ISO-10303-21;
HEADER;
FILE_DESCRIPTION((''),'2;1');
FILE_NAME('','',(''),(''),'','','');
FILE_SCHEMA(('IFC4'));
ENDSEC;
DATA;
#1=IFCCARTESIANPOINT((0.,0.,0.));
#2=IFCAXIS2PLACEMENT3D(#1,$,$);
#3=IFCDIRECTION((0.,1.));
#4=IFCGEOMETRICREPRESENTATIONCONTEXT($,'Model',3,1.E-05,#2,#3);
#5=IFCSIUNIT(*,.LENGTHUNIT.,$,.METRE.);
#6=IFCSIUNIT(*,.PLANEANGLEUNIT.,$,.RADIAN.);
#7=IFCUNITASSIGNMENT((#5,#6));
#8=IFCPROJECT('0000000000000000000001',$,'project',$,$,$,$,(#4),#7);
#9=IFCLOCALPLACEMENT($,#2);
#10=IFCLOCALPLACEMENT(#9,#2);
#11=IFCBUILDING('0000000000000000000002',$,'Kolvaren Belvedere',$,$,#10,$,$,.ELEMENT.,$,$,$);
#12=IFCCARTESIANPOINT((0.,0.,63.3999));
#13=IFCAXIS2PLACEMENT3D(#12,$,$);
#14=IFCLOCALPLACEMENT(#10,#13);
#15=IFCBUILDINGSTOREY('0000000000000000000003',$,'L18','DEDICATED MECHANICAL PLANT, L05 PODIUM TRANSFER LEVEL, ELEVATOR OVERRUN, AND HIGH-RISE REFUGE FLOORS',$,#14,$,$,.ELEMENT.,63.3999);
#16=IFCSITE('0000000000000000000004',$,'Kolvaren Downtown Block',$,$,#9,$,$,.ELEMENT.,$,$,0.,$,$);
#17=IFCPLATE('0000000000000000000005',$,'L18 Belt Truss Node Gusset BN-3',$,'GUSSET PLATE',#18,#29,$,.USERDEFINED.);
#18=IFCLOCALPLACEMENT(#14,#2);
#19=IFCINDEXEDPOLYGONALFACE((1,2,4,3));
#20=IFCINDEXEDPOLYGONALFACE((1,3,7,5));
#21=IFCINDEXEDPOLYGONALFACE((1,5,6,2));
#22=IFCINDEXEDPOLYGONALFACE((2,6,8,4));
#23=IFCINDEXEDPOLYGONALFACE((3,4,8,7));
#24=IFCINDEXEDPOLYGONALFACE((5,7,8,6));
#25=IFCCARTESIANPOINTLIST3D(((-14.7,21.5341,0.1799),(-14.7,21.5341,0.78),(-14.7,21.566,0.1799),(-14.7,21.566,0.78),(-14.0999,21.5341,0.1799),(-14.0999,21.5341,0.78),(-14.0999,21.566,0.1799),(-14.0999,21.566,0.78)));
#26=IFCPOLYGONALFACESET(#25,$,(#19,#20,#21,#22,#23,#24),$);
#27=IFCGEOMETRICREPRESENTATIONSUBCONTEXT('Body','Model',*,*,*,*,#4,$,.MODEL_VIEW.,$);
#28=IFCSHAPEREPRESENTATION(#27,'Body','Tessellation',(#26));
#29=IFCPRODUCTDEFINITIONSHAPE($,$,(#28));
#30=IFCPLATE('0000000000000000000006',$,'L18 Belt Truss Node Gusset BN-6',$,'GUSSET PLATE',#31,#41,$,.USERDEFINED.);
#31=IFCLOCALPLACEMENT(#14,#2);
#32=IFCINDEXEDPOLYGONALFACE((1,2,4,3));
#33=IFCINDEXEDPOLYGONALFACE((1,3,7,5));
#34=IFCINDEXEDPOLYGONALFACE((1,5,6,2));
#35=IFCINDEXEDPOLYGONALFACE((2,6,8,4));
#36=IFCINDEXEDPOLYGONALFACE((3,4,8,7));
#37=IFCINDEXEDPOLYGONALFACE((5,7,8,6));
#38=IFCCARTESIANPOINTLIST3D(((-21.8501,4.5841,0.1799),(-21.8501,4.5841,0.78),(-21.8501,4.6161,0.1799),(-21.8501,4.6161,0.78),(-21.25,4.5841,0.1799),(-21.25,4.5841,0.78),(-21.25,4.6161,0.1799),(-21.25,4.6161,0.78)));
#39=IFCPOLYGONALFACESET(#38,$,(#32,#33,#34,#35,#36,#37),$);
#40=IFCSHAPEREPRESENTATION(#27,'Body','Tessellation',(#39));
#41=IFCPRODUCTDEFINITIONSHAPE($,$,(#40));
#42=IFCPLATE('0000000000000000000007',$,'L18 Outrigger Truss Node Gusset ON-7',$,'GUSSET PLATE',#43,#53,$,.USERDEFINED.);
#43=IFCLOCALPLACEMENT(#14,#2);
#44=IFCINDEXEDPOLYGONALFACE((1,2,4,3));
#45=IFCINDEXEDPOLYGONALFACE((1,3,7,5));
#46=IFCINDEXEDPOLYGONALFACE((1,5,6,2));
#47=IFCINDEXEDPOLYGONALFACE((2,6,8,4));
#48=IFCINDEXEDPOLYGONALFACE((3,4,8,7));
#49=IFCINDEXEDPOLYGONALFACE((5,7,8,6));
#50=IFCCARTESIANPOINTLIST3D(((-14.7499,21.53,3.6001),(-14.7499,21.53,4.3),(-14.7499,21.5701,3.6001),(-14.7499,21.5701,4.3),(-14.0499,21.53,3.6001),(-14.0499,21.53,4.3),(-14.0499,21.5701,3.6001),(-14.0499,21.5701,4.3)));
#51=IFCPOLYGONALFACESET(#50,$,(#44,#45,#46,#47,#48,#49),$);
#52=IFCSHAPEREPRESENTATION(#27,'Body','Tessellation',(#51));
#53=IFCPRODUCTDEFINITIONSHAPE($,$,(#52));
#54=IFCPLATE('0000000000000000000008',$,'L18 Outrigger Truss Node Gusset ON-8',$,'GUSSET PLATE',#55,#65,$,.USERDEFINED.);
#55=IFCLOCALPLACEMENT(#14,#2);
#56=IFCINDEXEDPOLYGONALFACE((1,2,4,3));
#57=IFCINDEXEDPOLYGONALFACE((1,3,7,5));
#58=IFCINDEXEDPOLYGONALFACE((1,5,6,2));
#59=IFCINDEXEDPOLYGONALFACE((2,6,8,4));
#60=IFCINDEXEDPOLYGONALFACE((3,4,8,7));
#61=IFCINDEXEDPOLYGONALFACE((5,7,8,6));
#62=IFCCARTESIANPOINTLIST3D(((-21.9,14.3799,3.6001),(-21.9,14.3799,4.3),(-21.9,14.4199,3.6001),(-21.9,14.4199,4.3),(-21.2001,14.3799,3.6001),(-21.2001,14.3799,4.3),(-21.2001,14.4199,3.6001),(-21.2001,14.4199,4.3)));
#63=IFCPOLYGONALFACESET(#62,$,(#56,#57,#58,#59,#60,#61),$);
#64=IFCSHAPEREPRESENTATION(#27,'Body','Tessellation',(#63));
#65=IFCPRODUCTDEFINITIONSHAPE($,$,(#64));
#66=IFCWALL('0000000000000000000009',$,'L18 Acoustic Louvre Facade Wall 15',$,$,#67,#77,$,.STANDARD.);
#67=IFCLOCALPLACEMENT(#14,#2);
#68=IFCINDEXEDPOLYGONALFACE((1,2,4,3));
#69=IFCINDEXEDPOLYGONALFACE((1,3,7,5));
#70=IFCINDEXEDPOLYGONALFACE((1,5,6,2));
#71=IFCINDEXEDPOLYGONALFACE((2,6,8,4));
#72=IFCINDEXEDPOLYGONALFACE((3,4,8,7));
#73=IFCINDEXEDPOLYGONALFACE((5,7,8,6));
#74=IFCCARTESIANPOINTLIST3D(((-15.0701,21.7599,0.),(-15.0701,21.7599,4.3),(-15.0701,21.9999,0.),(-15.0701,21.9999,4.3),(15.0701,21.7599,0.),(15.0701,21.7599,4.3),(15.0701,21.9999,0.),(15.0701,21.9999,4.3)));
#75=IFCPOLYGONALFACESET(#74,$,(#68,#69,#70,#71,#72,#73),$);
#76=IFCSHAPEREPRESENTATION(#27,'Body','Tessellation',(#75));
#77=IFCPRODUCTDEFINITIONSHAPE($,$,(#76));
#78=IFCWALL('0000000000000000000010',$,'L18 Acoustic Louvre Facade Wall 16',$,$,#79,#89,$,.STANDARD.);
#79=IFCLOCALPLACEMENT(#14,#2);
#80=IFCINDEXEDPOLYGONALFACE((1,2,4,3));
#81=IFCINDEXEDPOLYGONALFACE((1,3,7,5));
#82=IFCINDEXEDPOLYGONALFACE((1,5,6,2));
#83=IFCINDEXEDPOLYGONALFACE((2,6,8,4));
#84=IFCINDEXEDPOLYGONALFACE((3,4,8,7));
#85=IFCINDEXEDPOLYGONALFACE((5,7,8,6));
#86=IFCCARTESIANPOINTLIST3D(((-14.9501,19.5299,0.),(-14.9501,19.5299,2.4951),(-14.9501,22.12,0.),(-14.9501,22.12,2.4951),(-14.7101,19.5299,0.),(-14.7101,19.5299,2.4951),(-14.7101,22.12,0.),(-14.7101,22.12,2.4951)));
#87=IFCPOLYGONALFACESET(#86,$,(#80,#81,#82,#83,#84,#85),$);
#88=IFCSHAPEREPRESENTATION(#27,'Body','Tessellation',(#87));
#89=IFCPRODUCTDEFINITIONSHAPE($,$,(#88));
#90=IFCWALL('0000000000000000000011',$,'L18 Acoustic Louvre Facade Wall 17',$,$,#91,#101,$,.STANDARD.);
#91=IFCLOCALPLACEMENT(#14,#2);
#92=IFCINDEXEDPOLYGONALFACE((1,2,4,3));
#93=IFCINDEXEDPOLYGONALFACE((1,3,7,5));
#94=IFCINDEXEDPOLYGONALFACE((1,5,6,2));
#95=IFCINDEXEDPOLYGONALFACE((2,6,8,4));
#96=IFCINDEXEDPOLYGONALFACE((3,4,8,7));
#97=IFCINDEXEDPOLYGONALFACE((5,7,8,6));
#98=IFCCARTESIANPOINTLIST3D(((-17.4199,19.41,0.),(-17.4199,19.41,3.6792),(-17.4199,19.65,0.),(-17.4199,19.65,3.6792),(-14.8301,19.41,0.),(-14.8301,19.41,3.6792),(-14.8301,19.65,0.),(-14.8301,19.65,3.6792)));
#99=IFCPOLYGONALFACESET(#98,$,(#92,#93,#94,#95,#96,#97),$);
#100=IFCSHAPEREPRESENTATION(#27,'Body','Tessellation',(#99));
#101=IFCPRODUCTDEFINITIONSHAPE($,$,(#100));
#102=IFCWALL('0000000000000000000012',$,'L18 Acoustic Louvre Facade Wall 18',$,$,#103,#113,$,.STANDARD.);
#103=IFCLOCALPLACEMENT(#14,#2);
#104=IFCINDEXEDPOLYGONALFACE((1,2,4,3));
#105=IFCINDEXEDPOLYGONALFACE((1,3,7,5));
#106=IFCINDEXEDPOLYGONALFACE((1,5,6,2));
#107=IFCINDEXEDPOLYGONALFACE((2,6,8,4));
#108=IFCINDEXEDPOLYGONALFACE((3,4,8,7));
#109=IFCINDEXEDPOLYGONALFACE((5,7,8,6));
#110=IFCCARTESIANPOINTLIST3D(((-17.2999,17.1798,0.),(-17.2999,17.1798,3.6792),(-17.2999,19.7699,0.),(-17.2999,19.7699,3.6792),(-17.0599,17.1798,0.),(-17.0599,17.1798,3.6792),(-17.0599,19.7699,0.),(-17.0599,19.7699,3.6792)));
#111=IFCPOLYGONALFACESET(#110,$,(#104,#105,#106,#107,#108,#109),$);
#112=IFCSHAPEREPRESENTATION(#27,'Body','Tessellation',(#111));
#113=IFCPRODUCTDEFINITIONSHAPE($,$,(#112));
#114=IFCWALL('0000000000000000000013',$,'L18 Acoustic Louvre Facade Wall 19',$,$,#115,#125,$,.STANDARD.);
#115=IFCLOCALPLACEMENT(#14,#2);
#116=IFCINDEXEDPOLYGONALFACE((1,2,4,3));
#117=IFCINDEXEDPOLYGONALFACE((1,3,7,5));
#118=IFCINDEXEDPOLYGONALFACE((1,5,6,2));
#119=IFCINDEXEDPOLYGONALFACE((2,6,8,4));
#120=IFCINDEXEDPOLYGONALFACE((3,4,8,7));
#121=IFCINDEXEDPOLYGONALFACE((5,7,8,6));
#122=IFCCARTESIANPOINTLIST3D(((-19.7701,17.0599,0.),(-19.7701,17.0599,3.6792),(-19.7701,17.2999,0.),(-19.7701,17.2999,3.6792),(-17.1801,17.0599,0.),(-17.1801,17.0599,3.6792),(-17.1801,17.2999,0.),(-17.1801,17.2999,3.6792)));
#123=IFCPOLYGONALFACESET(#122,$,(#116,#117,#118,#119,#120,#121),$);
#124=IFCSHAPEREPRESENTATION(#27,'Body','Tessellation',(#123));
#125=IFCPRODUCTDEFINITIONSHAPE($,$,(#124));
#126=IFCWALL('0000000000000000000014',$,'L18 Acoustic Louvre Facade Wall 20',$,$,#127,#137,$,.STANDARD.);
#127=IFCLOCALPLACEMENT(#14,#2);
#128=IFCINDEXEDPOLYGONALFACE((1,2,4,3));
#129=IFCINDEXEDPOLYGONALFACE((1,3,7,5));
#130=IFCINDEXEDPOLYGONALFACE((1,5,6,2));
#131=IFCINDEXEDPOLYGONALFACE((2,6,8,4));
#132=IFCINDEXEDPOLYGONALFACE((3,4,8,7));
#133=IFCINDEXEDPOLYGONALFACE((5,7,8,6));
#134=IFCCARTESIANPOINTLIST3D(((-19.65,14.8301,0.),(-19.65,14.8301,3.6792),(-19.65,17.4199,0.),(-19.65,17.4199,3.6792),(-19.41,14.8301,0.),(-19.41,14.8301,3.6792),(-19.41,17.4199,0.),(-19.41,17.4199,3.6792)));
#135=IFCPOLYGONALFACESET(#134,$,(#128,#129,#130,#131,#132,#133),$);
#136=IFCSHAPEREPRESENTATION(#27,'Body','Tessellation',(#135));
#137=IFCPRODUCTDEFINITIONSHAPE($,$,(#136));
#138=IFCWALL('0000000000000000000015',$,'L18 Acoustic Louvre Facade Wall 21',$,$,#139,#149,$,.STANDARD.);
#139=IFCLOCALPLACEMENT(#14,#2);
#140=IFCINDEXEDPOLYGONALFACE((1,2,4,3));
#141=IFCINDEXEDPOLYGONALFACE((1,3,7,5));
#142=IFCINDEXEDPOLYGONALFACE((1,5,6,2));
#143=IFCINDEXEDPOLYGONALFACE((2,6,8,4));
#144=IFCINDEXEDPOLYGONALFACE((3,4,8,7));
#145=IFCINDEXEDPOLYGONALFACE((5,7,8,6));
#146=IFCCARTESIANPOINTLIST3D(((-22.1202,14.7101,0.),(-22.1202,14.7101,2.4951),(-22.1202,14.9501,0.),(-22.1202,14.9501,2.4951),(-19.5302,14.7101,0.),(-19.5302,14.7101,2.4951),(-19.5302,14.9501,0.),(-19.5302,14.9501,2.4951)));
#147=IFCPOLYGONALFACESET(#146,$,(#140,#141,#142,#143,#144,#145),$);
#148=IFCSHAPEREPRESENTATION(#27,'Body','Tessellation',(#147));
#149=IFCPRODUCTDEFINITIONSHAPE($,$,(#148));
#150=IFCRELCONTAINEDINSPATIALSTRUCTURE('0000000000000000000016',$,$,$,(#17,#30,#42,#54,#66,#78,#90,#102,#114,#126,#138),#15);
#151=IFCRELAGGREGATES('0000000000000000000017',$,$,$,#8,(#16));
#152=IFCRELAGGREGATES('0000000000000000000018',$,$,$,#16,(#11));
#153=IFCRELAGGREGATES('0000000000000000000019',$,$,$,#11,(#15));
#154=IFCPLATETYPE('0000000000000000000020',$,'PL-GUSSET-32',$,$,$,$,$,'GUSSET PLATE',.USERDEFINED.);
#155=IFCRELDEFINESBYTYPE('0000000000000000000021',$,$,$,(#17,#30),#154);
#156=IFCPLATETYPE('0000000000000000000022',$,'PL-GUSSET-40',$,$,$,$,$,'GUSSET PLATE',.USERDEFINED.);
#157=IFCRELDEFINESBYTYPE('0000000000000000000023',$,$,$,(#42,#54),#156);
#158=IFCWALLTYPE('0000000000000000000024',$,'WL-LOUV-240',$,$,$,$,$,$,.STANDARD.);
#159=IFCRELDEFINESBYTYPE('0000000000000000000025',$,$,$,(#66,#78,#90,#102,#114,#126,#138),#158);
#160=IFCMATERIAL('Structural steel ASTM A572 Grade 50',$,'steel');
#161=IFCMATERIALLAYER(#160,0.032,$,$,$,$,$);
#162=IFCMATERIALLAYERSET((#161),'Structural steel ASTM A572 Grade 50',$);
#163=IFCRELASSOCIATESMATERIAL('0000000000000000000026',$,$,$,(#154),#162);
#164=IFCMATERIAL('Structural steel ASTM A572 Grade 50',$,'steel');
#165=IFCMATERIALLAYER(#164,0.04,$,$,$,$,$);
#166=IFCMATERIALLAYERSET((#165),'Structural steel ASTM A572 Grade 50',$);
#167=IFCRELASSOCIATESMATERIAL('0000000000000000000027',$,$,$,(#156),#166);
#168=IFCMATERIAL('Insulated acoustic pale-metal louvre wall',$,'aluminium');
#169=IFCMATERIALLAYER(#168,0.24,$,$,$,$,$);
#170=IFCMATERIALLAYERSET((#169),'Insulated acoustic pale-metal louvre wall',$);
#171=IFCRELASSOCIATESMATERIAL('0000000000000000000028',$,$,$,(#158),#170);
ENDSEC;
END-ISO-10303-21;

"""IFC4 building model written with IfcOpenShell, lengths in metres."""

from ifc_helpers import new_model, si_unit, direction, frame, frame_2d, origin, origin_2d, place, context, subcontext, project, spatial, rectangle, extrude, material, layer, layer_set, type_object, element, save


model = new_model("IFC4")

# Units and contexts
model_context = context("Model", 3, precision=1e-05, world=origin(), true_north=direction((0.0, 1.0)))
body_context = subcontext(model_context, "Body", "Model", "MODEL_VIEW")
ifc_project = project(units=[si_unit("LENGTHUNIT", "METRE"), si_unit("PLANEANGLEUNIT", "RADIAN")], contexts=[model_context])

# Site, building, storey
site_placement = place(None, origin())
site = spatial("IfcSite", under=ifc_project, at=site_placement, Name="Kolvaren Downtown Block", CompositionType="ELEMENT", RefElevation=0.0)
building_placement = place(site_placement, origin())
building = spatial("IfcBuilding", under=site, at=building_placement, Name="Kolvaren Belvedere", CompositionType="ELEMENT")
storey_placement = place(building_placement, frame((0.0, 0.0, 63.3999)))
storey = spatial("IfcBuildingStorey", under=building, at=storey_placement, Name="L18", Description="DEDICATED MECHANICAL PLANT, L05 PODIUM TRANSFER LEVEL, ELEVATOR OVERRUN, AND HIGH-RISE REFUGE FLOORS", CompositionType="ELEMENT", Elevation=63.3999)

# Plates
ifc_material_1 = material(Name="Structural steel ASTM A572 Grade 50", Category="steel")
ifc_layer_1 = layer(ifc_material_1, 0.032)
ifc_layer_set_1 = layer_set([ifc_layer_1], Name="Structural steel ASTM A572 Grade 50")
plate_type_1 = type_object("IfcPlateType", Name="PL-GUSSET-32", ElementType="GUSSET PLATE", PredefinedType="USERDEFINED", material=ifc_layer_set_1)
for number, where, z_axis, x_axis, name in (
    (1, (-14.3999, 21.55, 0.1799), (0.0, 0.0, 1.0), (1.0, 0.0, 0.0), "L18 Belt Truss Node Gusset BN-3"),
    (2, (-21.55, 4.6001, 0.1799), (0.0, 0.0, 1.0), (1.0, 0.0, 0.0), "L18 Belt Truss Node Gusset BN-6"),
):
    element("IfcPlate", number, at=place(storey_placement, frame(where, z_axis=z_axis, x_axis=x_axis)), inside=storey, type_object=plate_type_1, Name=name, ObjectType="GUSSET PLATE", PredefinedType="USERDEFINED", context=body_context, shape_type="SweptSolid", body=[
        extrude(rectangle(XDim=0.6001, YDim=0.032, at=origin_2d()), origin(), (0.0, 0.0, 1.0), 0.6001),
    ])
ifc_material_2 = material(Name="Structural steel ASTM A572 Grade 50", Category="steel")
ifc_layer_2 = layer(ifc_material_2, 0.04)
ifc_layer_set_2 = layer_set([ifc_layer_2], Name="Structural steel ASTM A572 Grade 50")
plate_type_2 = type_object("IfcPlateType", Name="PL-GUSSET-40", ElementType="GUSSET PLATE", PredefinedType="USERDEFINED", material=ifc_layer_set_2)
for number, where, z_axis, x_axis, name in (
    (3, (-14.3999, 21.55, 3.6001), (0.0, 0.0, 1.0), (1.0, 0.0, 0.0), "L18 Outrigger Truss Node Gusset ON-7"),
    (4, (-21.55, 14.3999, 3.6001), (0.0, 0.0, 1.0), (1.0, 0.0, 0.0), "L18 Outrigger Truss Node Gusset ON-8"),
):
    element("IfcPlate", number, at=place(storey_placement, frame(where, z_axis=z_axis, x_axis=x_axis)), inside=storey, type_object=plate_type_2, Name=name, ObjectType="GUSSET PLATE", PredefinedType="USERDEFINED", context=body_context, shape_type="SweptSolid", body=[
        extrude(rectangle(XDim=0.7, YDim=0.04, at=origin_2d()), origin(), (0.0, 0.0, 1.0), 0.7),
    ])

# Walls
ifc_material_3 = material(Name="Insulated acoustic pale-metal louvre wall", Category="aluminium")
ifc_layer_3 = layer(ifc_material_3, 0.24)
ifc_layer_set_3 = layer_set([ifc_layer_3], Name="Insulated acoustic pale-metal louvre wall")
wall_type_1 = type_object("IfcWallType", Name="WL-LOUV-240", PredefinedType="STANDARD", material=ifc_layer_set_3)
wall_1_placement = place(storey_placement, frame((-15.0701, 21.8799, 0.0), z_axis=(0.0, 0.0, 1.0), x_axis=(1.0, 0.0, 0.0)))
element("IfcWall", 5, at=wall_1_placement, inside=storey, type_object=wall_type_1, Name="L18 Acoustic Louvre Facade Wall 15", PredefinedType="STANDARD", context=body_context, shape_type="SweptSolid", body=[
    extrude(rectangle(XDim=30.1401, YDim=0.24, at=frame_2d((15.0701, 0.0))), origin(), (0.0, 0.0, 1.0), 4.3),
])
wall_2_placement = place(storey_placement, frame((-14.8301, 19.53, 0.0), z_axis=(0.0, 0.0, 1.0), x_axis=(0.0, 1.0, 0.0)))
element("IfcWall", 6, at=wall_2_placement, inside=storey, type_object=wall_type_1, Name="L18 Acoustic Louvre Facade Wall 16", PredefinedType="STANDARD", context=body_context, shape_type="SweptSolid", body=[
    extrude(rectangle(XDim=2.5901, YDim=0.24, at=frame_2d((1.2949, 0.0))), origin(), (0.0, 0.0, 1.0), 2.4951),
])
wall_3_placement = place(storey_placement, frame((-17.4199, 19.53, 0.0), z_axis=(0.0, 0.0, 1.0), x_axis=(1.0, 0.0, 0.0)))
element("IfcWall", 7, at=wall_3_placement, inside=storey, type_object=wall_type_1, Name="L18 Acoustic Louvre Facade Wall 17", PredefinedType="STANDARD", context=body_context, shape_type="SweptSolid", body=[
    extrude(rectangle(XDim=2.5898, YDim=0.24, at=frame_2d((1.2949, 0.0))), origin(), (0.0, 0.0, 1.0), 3.6792),
])
for number, where, z_axis, x_axis, name in (
    (8, (-17.1799, 17.1799, 0.0), (0.0, 0.0, 1.0), (0.0, 1.0, 0.0), "L18 Acoustic Louvre Facade Wall 18"),
    (9, (-19.77, 17.1799, 0.0), (0.0, 0.0, 1.0), (1.0, 0.0, 0.0), "L18 Acoustic Louvre Facade Wall 19"),
):
    element("IfcWall", number, at=place(storey_placement, frame(where, z_axis=z_axis, x_axis=x_axis)), inside=storey, type_object=wall_type_1, Name=name, PredefinedType="STANDARD", context=body_context, shape_type="SweptSolid", body=[
        extrude(rectangle(XDim=2.5901, YDim=0.24, at=frame_2d((1.2949, 0.0))), origin(), (0.0, 0.0, 1.0), 3.6792),
    ])
wall_4_placement = place(storey_placement, frame((-19.53, 14.8301, 0.0), z_axis=(0.0, 0.0, 1.0), x_axis=(0.0, 1.0, 0.0)))
element("IfcWall", 10, at=wall_4_placement, inside=storey, type_object=wall_type_1, Name="L18 Acoustic Louvre Facade Wall 20", PredefinedType="STANDARD", context=body_context, shape_type="SweptSolid", body=[
    extrude(rectangle(XDim=2.5898, YDim=0.24, at=frame_2d((1.2949, 0.0))), origin(), (0.0, 0.0, 1.0), 3.6792),
])
wall_5_placement = place(storey_placement, frame((-22.1201, 14.8301, 0.0), z_axis=(0.0, 0.0, 1.0), x_axis=(1.0, 0.0, 0.0)))
element("IfcWall", 11, at=wall_5_placement, inside=storey, type_object=wall_type_1, Name="L18 Acoustic Louvre Facade Wall 21", PredefinedType="STANDARD", context=body_context, shape_type="SweptSolid", body=[
    extrude(rectangle(XDim=2.5901, YDim=0.24, at=frame_2d((1.2949, 0.0))), origin(), (0.0, 0.0, 1.0), 2.4951),
])

save(model, "model.ifc")
